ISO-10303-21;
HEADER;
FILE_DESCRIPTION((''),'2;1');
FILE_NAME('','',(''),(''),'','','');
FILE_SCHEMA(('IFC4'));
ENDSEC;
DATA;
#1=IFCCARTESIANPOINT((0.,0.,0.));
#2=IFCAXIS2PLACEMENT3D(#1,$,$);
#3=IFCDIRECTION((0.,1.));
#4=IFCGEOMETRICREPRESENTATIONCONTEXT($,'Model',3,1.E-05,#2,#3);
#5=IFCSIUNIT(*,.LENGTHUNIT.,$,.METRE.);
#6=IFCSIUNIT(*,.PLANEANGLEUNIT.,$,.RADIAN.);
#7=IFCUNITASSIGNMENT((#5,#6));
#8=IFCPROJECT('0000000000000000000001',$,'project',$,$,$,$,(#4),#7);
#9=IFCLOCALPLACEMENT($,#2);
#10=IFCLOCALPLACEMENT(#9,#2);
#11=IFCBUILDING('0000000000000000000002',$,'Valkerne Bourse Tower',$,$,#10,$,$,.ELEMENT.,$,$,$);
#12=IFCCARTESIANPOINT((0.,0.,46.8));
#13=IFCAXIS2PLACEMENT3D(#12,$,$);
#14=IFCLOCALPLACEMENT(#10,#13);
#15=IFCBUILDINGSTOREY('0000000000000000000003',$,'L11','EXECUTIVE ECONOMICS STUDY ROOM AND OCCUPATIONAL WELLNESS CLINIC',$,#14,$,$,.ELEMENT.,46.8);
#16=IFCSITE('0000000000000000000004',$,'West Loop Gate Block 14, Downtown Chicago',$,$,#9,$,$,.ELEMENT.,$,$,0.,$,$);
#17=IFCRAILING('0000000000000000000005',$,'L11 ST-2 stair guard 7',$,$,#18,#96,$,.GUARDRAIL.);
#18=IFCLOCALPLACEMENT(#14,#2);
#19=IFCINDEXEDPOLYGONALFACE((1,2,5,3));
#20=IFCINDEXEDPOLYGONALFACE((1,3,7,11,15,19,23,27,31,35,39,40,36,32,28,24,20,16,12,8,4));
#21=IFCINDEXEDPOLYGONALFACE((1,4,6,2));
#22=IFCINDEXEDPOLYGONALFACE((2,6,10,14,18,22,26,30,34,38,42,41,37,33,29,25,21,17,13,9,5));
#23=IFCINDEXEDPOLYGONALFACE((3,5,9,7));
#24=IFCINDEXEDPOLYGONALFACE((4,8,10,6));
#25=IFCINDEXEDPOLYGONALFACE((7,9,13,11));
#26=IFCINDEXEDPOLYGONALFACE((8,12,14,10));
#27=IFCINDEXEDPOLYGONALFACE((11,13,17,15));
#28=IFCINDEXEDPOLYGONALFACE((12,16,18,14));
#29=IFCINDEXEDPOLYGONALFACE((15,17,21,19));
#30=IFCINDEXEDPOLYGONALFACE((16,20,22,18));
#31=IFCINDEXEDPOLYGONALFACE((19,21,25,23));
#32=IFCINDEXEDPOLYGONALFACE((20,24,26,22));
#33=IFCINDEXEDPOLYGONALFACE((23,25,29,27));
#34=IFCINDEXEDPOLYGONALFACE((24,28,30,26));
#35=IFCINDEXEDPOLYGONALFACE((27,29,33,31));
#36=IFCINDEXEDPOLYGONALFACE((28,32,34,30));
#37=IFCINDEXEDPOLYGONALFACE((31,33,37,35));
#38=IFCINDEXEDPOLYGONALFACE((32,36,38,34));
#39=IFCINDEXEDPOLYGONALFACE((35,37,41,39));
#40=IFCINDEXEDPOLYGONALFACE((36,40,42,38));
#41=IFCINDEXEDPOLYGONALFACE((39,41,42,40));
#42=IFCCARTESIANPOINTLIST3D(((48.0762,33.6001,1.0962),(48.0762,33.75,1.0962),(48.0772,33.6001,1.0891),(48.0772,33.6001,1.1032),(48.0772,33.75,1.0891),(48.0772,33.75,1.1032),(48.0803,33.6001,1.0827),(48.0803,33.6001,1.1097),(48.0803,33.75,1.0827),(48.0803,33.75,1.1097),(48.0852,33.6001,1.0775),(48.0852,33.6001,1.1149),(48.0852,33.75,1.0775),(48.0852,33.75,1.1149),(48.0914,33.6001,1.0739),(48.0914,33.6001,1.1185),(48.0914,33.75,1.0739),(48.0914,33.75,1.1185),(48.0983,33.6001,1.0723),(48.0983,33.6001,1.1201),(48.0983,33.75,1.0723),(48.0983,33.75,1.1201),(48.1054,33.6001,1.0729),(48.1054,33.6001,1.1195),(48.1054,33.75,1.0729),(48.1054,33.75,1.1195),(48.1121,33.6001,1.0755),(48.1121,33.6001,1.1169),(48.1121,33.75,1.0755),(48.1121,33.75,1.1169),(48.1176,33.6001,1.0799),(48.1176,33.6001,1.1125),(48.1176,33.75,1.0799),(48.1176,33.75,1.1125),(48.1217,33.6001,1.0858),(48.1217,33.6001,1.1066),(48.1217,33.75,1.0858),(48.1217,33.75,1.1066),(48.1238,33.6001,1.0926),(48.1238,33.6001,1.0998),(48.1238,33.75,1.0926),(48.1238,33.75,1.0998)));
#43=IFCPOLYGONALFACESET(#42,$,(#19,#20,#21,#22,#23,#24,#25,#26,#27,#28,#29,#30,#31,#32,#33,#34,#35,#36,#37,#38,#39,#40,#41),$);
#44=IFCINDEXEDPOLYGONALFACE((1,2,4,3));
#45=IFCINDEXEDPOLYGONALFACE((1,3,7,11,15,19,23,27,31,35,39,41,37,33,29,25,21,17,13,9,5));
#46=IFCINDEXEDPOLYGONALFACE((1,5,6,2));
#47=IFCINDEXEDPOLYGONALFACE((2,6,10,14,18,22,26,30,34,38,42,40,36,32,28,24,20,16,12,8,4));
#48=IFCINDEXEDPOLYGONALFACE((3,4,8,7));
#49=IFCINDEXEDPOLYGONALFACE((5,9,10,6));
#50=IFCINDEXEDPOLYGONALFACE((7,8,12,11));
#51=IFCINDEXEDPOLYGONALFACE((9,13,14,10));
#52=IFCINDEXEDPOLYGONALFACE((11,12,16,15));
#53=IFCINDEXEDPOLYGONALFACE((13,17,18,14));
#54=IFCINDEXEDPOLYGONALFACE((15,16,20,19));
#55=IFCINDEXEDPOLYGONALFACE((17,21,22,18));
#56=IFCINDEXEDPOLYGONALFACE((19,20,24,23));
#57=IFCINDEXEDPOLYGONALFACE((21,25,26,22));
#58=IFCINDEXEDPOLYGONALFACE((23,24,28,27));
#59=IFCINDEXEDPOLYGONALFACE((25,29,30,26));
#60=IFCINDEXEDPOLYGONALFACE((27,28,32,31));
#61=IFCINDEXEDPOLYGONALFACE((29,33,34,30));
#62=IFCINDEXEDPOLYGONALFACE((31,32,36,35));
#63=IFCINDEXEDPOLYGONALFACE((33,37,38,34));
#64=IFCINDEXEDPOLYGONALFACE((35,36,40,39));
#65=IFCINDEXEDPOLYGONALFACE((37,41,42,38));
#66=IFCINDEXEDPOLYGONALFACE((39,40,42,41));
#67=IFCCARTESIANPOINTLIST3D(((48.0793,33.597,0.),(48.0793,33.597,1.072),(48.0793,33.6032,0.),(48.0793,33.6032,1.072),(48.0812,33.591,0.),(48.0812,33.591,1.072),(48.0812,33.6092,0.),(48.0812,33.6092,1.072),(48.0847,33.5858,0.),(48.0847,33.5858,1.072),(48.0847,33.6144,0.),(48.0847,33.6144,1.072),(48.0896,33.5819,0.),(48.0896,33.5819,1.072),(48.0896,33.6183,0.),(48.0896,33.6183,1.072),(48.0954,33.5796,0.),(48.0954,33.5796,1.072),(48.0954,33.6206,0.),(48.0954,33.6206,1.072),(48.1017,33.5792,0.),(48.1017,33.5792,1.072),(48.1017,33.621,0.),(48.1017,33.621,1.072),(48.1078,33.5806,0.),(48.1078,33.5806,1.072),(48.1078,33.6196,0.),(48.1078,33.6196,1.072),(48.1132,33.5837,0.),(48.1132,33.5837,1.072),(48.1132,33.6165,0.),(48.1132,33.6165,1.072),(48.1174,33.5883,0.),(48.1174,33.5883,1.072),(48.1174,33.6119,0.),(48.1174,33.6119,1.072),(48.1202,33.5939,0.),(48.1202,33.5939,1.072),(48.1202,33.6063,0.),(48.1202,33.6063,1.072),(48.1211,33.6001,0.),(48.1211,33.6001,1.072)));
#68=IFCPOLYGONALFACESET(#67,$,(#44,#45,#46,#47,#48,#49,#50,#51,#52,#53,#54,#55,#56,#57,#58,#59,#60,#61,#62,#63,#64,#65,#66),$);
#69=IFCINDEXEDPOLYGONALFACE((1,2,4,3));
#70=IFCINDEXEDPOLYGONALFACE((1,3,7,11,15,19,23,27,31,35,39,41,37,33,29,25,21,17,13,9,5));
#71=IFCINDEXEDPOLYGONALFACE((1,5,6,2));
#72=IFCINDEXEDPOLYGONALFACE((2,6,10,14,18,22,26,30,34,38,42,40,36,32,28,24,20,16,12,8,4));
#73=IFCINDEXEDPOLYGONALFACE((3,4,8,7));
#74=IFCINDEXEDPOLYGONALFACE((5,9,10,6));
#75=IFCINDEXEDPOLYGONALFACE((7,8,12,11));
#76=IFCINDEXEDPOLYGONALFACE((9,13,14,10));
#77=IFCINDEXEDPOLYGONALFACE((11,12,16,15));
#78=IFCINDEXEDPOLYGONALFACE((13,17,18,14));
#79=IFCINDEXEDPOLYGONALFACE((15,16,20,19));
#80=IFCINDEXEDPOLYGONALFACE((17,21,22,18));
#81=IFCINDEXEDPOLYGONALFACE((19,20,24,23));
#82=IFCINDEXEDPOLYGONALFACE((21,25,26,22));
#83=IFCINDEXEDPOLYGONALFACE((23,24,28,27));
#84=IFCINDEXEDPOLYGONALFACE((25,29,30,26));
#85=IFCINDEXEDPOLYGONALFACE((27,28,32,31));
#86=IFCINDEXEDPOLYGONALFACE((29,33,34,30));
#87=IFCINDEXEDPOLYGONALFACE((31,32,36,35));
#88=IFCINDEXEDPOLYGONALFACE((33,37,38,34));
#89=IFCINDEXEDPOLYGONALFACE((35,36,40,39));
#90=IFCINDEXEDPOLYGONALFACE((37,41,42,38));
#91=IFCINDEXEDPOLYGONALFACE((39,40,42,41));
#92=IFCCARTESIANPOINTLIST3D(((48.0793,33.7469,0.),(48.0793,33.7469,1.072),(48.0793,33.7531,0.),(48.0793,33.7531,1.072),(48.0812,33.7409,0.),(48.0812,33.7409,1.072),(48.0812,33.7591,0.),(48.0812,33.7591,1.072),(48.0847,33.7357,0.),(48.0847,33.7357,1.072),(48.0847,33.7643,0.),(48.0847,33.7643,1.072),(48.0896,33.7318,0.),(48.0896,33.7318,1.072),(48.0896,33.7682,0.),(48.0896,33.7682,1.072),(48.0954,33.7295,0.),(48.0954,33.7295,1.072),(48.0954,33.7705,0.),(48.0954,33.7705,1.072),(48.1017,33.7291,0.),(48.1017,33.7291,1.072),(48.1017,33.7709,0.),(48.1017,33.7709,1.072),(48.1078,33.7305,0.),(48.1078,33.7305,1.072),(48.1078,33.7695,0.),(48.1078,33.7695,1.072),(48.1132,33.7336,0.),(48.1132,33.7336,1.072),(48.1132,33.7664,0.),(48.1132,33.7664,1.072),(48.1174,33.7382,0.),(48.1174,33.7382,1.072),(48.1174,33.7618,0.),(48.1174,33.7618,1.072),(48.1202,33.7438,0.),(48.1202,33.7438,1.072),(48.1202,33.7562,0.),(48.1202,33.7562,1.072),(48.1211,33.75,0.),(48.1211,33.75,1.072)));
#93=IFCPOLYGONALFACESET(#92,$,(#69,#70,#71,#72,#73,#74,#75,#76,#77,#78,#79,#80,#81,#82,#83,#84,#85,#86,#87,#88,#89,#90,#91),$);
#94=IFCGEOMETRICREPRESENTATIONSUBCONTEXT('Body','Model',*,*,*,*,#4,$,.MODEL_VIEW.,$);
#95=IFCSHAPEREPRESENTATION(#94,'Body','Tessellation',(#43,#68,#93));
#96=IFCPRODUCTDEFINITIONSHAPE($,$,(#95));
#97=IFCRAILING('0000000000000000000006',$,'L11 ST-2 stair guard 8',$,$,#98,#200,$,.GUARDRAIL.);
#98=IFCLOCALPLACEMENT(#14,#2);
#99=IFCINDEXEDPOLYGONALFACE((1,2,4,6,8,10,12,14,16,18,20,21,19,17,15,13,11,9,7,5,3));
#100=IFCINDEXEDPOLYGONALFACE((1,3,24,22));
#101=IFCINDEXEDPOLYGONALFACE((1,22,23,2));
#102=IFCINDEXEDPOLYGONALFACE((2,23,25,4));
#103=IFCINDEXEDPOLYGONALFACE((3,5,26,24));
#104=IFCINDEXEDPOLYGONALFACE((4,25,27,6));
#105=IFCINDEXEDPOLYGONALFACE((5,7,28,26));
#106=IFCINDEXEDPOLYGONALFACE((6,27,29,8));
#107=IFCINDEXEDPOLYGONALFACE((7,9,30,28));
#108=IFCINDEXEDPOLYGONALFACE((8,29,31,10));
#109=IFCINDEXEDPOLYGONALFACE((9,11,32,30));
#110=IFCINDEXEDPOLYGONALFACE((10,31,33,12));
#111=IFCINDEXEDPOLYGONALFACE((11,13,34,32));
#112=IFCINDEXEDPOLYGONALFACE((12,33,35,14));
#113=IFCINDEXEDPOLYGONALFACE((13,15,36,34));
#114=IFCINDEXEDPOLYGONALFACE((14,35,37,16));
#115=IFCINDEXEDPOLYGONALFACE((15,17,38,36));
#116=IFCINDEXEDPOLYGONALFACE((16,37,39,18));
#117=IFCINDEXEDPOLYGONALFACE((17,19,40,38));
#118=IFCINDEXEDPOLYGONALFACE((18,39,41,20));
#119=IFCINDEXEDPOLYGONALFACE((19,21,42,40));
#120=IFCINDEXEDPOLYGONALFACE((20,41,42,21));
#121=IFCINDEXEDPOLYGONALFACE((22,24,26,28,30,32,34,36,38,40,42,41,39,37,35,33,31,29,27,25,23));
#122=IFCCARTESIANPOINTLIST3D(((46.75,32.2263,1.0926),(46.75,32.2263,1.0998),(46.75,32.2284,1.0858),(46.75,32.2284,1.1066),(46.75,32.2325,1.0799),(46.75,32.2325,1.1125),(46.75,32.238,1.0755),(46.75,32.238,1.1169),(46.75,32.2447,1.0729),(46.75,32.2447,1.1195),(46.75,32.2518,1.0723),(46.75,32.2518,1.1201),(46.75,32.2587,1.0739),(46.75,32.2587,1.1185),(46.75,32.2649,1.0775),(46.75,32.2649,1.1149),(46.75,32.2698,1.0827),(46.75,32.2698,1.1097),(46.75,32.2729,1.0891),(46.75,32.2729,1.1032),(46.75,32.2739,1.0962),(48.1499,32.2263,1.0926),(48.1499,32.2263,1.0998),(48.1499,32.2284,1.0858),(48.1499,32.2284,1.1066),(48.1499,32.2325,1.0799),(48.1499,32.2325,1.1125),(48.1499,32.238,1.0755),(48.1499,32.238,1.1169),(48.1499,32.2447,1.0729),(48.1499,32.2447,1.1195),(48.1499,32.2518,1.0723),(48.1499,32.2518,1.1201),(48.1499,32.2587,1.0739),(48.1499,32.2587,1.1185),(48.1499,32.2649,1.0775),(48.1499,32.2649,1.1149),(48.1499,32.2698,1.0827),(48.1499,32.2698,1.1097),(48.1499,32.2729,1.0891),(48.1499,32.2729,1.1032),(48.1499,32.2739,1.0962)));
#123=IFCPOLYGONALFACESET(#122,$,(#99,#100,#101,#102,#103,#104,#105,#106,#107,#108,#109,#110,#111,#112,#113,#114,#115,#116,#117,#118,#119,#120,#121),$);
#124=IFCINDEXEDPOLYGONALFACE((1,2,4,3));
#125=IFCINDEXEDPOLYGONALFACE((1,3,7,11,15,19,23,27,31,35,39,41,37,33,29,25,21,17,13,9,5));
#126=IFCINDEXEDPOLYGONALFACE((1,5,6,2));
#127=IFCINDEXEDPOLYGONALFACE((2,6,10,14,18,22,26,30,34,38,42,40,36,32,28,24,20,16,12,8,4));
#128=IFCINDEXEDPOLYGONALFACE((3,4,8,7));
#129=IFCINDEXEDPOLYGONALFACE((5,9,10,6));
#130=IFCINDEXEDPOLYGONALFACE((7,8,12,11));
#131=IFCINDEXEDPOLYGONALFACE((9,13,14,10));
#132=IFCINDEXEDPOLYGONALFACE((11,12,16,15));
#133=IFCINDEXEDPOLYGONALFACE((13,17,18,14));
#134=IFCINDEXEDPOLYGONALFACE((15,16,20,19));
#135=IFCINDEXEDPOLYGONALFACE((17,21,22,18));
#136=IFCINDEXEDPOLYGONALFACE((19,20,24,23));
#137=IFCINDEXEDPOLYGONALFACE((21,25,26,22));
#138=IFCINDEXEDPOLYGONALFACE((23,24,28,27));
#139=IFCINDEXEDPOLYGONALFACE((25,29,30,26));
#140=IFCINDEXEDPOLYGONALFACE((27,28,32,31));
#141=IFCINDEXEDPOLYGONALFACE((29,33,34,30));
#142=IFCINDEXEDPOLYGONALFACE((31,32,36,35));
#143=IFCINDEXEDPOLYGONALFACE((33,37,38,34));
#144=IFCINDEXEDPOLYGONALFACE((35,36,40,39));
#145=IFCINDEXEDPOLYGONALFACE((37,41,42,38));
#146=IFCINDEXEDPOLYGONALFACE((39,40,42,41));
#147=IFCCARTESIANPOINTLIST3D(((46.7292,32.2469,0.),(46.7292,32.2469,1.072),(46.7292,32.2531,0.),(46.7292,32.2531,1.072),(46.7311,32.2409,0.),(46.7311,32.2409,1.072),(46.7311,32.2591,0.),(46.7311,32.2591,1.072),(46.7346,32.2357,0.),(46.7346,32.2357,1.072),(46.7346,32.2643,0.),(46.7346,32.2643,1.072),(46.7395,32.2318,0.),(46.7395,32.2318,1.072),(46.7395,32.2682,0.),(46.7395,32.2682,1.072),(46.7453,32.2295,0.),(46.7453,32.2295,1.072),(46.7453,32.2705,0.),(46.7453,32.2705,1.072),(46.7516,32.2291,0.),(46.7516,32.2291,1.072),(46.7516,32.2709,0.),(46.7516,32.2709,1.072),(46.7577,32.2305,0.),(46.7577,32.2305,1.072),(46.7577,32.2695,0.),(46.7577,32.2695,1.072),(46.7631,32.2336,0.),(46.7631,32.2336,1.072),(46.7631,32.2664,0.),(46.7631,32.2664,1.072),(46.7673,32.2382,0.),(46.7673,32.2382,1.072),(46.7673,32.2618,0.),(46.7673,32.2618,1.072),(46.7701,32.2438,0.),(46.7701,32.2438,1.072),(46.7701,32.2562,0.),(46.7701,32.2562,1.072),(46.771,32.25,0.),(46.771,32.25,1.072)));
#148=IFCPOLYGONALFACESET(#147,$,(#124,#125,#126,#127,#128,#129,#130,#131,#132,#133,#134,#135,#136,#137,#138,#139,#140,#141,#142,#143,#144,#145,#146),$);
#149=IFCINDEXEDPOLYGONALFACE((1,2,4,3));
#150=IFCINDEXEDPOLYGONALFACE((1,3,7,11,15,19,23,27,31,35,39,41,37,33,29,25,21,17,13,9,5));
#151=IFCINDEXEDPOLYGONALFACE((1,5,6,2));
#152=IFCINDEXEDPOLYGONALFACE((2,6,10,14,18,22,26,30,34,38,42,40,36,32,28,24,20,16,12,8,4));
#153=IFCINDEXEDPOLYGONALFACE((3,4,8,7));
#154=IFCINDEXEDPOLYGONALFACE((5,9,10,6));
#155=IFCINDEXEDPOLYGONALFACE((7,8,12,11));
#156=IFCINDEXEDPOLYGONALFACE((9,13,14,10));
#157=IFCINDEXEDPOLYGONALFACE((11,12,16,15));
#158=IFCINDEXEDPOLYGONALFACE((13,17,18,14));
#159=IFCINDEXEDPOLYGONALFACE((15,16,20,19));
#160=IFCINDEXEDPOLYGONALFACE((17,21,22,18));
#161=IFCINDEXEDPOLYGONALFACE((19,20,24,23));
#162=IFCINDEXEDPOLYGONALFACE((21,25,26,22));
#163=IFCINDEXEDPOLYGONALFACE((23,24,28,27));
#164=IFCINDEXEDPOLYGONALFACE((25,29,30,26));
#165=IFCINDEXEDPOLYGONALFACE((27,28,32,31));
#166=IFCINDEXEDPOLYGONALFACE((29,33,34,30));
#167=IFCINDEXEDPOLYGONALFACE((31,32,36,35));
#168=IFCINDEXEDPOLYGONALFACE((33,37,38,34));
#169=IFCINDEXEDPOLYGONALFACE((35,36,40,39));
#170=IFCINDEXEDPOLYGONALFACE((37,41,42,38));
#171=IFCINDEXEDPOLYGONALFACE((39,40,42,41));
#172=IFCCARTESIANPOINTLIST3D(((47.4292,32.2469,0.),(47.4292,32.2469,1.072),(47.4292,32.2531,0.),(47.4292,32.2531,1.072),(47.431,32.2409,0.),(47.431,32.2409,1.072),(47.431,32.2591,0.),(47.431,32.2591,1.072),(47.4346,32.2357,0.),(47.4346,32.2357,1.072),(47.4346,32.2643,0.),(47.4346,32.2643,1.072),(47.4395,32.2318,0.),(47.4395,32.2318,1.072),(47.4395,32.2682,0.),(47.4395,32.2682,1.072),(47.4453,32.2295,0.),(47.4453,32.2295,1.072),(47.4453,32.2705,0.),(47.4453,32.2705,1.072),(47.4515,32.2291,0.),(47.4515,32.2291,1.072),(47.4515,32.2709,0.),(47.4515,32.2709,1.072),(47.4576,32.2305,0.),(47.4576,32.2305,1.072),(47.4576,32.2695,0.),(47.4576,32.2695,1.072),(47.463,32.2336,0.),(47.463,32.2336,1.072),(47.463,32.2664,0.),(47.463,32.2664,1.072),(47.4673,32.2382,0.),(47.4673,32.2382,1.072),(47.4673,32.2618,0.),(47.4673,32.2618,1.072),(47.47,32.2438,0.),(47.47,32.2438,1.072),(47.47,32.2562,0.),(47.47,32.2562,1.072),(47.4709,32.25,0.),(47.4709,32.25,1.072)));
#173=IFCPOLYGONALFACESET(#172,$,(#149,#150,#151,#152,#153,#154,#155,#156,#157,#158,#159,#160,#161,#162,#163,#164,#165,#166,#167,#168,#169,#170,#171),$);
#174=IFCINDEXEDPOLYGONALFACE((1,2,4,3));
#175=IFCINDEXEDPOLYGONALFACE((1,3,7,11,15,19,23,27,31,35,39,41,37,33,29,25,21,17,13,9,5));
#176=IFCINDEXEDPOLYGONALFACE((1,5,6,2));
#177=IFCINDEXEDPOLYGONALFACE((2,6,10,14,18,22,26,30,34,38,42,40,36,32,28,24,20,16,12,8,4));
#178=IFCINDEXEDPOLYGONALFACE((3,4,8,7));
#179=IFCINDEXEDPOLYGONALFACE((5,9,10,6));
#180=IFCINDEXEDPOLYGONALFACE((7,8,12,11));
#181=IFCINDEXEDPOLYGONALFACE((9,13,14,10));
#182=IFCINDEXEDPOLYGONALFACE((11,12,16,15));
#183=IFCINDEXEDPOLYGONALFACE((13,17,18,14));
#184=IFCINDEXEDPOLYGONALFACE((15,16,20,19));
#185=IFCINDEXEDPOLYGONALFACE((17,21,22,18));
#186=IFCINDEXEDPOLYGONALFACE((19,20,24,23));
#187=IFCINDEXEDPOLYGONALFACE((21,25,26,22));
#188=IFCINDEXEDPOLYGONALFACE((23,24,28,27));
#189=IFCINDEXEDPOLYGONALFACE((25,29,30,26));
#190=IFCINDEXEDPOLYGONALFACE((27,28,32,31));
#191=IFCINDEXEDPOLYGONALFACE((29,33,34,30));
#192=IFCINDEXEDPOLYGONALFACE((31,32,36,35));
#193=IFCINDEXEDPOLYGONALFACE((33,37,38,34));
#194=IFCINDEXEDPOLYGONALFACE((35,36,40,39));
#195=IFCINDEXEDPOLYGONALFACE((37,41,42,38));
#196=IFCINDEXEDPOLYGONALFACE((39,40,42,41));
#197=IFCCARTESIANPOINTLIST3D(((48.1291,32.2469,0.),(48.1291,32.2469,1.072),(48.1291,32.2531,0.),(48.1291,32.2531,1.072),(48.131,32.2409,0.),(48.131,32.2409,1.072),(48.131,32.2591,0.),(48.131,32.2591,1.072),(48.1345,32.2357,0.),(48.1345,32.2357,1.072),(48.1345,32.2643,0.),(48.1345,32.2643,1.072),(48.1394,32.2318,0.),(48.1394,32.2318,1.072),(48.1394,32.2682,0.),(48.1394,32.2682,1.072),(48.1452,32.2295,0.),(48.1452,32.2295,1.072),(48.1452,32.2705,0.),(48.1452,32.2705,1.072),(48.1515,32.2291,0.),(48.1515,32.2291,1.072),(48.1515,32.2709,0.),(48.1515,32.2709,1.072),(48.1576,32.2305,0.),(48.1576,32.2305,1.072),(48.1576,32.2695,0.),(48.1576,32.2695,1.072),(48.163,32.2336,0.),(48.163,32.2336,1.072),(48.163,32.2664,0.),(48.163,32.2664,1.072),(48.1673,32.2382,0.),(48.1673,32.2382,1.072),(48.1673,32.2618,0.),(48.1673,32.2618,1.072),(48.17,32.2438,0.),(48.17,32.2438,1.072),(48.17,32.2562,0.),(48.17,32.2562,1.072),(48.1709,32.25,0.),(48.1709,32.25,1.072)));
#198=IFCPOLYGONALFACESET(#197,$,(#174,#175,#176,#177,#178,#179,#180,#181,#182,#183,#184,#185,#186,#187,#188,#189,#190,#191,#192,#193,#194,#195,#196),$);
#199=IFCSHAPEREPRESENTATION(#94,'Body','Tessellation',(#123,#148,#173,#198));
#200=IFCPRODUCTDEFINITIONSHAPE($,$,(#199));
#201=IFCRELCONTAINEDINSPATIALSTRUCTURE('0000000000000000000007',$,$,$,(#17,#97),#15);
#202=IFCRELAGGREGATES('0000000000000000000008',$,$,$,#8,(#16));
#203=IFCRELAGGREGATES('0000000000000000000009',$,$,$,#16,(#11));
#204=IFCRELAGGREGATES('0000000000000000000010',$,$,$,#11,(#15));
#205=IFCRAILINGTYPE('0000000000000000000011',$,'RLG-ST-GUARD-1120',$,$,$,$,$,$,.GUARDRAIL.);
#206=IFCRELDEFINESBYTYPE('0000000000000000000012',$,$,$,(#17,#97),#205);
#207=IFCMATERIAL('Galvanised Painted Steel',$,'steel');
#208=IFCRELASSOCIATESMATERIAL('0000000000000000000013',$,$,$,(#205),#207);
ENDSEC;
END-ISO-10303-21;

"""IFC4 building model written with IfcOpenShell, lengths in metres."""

from ifc_helpers import new_model, si_unit, direction, frame, origin, origin_2d, place, context, subcontext, project, spatial, circle, extrude, material, type_object, element, save


model = new_model("IFC4")

# Units and contexts
model_context = context("Model", 3, precision=1e-05, world=origin(), true_north=direction((0.0, 1.0)))
body_context = subcontext(model_context, "Body", "Model", "MODEL_VIEW")
ifc_project = project(units=[si_unit("LENGTHUNIT", "METRE"), si_unit("PLANEANGLEUNIT", "RADIAN")], contexts=[model_context])

# Site, building, storey
site_placement = place(None, origin())
site = spatial("IfcSite", under=ifc_project, at=site_placement, Name="West Loop Gate Block 14, Downtown Chicago", CompositionType="ELEMENT", RefElevation=0.0)
building_placement = place(site_placement, origin())
building = spatial("IfcBuilding", under=site, at=building_placement, Name="Valkerne Bourse Tower", CompositionType="ELEMENT")
storey_placement = place(building_placement, frame((0.0, 0.0, 46.8)))
storey = spatial("IfcBuildingStorey", under=building, at=storey_placement, Name="L11", Description="EXECUTIVE ECONOMICS STUDY ROOM AND OCCUPATIONAL WELLNESS CLINIC", CompositionType="ELEMENT", Elevation=46.8)

# Shared definitions
ifc_material_1 = material(Name="Galvanised Painted Steel", Category="steel")

# Railings
railing_type_1 = type_object("IfcRailingType", Name="RLG-ST-GUARD-1120", PredefinedType="GUARDRAIL", material=ifc_material_1)
railing_1_placement = place(storey_placement, frame((48.1001, 33.6001, 0.0)))
element("IfcRailing", 1, at=railing_1_placement, inside=storey, type_object=railing_type_1, Name="L11 ST-2 stair guard 7", PredefinedType="GUARDRAIL", context=body_context, shape_type="SweptSolid", body=[
    extrude(circle(Radius=0.0239, at=origin_2d()), frame((0.0, 0.0, 1.0962), z_axis=(0.0, 1.0, 0.0), x_axis=(-1.0, 0.0, 0.0)), (0.0, 0.0, 1.0), 0.1499),
    extrude(circle(Radius=0.021, at=origin_2d()), origin(), (0.0, 0.0, 1.0), 1.072),
    extrude(circle(Radius=0.021, at=origin_2d()), frame((0.0, 0.1499, 0.0)), (0.0, 0.0, 1.0), 1.072),
])
for number, where, name in (
    (2, (46.75, 32.25, 0.0), "L11 ST-2 stair guard 8"),
):
    element("IfcRailing", number, at=place(storey_placement, frame(where)), inside=storey, type_object=railing_type_1, Name=name, PredefinedType="GUARDRAIL", context=body_context, shape_type="SweptSolid", body=[
        extrude(circle(Radius=0.0239, at=origin_2d()), frame((0.0, 0.0, 1.0962), z_axis=(1.0, 0.0, 0.0), x_axis=(0.0, 1.0, 0.0)), (0.0, 0.0, 1.0), 1.3999),
        extrude(circle(Radius=0.021, at=origin_2d()), origin(), (0.0, 0.0, 1.0), 1.072),
        extrude(circle(Radius=0.021, at=origin_2d()), frame((0.7, 0.0, 0.0)), (0.0, 0.0, 1.0), 1.072),
        extrude(circle(Radius=0.021, at=origin_2d()), frame((1.3999, 0.0, 0.0)), (0.0, 0.0, 1.0), 1.072),
    ])

save(model, "model.ifc")
